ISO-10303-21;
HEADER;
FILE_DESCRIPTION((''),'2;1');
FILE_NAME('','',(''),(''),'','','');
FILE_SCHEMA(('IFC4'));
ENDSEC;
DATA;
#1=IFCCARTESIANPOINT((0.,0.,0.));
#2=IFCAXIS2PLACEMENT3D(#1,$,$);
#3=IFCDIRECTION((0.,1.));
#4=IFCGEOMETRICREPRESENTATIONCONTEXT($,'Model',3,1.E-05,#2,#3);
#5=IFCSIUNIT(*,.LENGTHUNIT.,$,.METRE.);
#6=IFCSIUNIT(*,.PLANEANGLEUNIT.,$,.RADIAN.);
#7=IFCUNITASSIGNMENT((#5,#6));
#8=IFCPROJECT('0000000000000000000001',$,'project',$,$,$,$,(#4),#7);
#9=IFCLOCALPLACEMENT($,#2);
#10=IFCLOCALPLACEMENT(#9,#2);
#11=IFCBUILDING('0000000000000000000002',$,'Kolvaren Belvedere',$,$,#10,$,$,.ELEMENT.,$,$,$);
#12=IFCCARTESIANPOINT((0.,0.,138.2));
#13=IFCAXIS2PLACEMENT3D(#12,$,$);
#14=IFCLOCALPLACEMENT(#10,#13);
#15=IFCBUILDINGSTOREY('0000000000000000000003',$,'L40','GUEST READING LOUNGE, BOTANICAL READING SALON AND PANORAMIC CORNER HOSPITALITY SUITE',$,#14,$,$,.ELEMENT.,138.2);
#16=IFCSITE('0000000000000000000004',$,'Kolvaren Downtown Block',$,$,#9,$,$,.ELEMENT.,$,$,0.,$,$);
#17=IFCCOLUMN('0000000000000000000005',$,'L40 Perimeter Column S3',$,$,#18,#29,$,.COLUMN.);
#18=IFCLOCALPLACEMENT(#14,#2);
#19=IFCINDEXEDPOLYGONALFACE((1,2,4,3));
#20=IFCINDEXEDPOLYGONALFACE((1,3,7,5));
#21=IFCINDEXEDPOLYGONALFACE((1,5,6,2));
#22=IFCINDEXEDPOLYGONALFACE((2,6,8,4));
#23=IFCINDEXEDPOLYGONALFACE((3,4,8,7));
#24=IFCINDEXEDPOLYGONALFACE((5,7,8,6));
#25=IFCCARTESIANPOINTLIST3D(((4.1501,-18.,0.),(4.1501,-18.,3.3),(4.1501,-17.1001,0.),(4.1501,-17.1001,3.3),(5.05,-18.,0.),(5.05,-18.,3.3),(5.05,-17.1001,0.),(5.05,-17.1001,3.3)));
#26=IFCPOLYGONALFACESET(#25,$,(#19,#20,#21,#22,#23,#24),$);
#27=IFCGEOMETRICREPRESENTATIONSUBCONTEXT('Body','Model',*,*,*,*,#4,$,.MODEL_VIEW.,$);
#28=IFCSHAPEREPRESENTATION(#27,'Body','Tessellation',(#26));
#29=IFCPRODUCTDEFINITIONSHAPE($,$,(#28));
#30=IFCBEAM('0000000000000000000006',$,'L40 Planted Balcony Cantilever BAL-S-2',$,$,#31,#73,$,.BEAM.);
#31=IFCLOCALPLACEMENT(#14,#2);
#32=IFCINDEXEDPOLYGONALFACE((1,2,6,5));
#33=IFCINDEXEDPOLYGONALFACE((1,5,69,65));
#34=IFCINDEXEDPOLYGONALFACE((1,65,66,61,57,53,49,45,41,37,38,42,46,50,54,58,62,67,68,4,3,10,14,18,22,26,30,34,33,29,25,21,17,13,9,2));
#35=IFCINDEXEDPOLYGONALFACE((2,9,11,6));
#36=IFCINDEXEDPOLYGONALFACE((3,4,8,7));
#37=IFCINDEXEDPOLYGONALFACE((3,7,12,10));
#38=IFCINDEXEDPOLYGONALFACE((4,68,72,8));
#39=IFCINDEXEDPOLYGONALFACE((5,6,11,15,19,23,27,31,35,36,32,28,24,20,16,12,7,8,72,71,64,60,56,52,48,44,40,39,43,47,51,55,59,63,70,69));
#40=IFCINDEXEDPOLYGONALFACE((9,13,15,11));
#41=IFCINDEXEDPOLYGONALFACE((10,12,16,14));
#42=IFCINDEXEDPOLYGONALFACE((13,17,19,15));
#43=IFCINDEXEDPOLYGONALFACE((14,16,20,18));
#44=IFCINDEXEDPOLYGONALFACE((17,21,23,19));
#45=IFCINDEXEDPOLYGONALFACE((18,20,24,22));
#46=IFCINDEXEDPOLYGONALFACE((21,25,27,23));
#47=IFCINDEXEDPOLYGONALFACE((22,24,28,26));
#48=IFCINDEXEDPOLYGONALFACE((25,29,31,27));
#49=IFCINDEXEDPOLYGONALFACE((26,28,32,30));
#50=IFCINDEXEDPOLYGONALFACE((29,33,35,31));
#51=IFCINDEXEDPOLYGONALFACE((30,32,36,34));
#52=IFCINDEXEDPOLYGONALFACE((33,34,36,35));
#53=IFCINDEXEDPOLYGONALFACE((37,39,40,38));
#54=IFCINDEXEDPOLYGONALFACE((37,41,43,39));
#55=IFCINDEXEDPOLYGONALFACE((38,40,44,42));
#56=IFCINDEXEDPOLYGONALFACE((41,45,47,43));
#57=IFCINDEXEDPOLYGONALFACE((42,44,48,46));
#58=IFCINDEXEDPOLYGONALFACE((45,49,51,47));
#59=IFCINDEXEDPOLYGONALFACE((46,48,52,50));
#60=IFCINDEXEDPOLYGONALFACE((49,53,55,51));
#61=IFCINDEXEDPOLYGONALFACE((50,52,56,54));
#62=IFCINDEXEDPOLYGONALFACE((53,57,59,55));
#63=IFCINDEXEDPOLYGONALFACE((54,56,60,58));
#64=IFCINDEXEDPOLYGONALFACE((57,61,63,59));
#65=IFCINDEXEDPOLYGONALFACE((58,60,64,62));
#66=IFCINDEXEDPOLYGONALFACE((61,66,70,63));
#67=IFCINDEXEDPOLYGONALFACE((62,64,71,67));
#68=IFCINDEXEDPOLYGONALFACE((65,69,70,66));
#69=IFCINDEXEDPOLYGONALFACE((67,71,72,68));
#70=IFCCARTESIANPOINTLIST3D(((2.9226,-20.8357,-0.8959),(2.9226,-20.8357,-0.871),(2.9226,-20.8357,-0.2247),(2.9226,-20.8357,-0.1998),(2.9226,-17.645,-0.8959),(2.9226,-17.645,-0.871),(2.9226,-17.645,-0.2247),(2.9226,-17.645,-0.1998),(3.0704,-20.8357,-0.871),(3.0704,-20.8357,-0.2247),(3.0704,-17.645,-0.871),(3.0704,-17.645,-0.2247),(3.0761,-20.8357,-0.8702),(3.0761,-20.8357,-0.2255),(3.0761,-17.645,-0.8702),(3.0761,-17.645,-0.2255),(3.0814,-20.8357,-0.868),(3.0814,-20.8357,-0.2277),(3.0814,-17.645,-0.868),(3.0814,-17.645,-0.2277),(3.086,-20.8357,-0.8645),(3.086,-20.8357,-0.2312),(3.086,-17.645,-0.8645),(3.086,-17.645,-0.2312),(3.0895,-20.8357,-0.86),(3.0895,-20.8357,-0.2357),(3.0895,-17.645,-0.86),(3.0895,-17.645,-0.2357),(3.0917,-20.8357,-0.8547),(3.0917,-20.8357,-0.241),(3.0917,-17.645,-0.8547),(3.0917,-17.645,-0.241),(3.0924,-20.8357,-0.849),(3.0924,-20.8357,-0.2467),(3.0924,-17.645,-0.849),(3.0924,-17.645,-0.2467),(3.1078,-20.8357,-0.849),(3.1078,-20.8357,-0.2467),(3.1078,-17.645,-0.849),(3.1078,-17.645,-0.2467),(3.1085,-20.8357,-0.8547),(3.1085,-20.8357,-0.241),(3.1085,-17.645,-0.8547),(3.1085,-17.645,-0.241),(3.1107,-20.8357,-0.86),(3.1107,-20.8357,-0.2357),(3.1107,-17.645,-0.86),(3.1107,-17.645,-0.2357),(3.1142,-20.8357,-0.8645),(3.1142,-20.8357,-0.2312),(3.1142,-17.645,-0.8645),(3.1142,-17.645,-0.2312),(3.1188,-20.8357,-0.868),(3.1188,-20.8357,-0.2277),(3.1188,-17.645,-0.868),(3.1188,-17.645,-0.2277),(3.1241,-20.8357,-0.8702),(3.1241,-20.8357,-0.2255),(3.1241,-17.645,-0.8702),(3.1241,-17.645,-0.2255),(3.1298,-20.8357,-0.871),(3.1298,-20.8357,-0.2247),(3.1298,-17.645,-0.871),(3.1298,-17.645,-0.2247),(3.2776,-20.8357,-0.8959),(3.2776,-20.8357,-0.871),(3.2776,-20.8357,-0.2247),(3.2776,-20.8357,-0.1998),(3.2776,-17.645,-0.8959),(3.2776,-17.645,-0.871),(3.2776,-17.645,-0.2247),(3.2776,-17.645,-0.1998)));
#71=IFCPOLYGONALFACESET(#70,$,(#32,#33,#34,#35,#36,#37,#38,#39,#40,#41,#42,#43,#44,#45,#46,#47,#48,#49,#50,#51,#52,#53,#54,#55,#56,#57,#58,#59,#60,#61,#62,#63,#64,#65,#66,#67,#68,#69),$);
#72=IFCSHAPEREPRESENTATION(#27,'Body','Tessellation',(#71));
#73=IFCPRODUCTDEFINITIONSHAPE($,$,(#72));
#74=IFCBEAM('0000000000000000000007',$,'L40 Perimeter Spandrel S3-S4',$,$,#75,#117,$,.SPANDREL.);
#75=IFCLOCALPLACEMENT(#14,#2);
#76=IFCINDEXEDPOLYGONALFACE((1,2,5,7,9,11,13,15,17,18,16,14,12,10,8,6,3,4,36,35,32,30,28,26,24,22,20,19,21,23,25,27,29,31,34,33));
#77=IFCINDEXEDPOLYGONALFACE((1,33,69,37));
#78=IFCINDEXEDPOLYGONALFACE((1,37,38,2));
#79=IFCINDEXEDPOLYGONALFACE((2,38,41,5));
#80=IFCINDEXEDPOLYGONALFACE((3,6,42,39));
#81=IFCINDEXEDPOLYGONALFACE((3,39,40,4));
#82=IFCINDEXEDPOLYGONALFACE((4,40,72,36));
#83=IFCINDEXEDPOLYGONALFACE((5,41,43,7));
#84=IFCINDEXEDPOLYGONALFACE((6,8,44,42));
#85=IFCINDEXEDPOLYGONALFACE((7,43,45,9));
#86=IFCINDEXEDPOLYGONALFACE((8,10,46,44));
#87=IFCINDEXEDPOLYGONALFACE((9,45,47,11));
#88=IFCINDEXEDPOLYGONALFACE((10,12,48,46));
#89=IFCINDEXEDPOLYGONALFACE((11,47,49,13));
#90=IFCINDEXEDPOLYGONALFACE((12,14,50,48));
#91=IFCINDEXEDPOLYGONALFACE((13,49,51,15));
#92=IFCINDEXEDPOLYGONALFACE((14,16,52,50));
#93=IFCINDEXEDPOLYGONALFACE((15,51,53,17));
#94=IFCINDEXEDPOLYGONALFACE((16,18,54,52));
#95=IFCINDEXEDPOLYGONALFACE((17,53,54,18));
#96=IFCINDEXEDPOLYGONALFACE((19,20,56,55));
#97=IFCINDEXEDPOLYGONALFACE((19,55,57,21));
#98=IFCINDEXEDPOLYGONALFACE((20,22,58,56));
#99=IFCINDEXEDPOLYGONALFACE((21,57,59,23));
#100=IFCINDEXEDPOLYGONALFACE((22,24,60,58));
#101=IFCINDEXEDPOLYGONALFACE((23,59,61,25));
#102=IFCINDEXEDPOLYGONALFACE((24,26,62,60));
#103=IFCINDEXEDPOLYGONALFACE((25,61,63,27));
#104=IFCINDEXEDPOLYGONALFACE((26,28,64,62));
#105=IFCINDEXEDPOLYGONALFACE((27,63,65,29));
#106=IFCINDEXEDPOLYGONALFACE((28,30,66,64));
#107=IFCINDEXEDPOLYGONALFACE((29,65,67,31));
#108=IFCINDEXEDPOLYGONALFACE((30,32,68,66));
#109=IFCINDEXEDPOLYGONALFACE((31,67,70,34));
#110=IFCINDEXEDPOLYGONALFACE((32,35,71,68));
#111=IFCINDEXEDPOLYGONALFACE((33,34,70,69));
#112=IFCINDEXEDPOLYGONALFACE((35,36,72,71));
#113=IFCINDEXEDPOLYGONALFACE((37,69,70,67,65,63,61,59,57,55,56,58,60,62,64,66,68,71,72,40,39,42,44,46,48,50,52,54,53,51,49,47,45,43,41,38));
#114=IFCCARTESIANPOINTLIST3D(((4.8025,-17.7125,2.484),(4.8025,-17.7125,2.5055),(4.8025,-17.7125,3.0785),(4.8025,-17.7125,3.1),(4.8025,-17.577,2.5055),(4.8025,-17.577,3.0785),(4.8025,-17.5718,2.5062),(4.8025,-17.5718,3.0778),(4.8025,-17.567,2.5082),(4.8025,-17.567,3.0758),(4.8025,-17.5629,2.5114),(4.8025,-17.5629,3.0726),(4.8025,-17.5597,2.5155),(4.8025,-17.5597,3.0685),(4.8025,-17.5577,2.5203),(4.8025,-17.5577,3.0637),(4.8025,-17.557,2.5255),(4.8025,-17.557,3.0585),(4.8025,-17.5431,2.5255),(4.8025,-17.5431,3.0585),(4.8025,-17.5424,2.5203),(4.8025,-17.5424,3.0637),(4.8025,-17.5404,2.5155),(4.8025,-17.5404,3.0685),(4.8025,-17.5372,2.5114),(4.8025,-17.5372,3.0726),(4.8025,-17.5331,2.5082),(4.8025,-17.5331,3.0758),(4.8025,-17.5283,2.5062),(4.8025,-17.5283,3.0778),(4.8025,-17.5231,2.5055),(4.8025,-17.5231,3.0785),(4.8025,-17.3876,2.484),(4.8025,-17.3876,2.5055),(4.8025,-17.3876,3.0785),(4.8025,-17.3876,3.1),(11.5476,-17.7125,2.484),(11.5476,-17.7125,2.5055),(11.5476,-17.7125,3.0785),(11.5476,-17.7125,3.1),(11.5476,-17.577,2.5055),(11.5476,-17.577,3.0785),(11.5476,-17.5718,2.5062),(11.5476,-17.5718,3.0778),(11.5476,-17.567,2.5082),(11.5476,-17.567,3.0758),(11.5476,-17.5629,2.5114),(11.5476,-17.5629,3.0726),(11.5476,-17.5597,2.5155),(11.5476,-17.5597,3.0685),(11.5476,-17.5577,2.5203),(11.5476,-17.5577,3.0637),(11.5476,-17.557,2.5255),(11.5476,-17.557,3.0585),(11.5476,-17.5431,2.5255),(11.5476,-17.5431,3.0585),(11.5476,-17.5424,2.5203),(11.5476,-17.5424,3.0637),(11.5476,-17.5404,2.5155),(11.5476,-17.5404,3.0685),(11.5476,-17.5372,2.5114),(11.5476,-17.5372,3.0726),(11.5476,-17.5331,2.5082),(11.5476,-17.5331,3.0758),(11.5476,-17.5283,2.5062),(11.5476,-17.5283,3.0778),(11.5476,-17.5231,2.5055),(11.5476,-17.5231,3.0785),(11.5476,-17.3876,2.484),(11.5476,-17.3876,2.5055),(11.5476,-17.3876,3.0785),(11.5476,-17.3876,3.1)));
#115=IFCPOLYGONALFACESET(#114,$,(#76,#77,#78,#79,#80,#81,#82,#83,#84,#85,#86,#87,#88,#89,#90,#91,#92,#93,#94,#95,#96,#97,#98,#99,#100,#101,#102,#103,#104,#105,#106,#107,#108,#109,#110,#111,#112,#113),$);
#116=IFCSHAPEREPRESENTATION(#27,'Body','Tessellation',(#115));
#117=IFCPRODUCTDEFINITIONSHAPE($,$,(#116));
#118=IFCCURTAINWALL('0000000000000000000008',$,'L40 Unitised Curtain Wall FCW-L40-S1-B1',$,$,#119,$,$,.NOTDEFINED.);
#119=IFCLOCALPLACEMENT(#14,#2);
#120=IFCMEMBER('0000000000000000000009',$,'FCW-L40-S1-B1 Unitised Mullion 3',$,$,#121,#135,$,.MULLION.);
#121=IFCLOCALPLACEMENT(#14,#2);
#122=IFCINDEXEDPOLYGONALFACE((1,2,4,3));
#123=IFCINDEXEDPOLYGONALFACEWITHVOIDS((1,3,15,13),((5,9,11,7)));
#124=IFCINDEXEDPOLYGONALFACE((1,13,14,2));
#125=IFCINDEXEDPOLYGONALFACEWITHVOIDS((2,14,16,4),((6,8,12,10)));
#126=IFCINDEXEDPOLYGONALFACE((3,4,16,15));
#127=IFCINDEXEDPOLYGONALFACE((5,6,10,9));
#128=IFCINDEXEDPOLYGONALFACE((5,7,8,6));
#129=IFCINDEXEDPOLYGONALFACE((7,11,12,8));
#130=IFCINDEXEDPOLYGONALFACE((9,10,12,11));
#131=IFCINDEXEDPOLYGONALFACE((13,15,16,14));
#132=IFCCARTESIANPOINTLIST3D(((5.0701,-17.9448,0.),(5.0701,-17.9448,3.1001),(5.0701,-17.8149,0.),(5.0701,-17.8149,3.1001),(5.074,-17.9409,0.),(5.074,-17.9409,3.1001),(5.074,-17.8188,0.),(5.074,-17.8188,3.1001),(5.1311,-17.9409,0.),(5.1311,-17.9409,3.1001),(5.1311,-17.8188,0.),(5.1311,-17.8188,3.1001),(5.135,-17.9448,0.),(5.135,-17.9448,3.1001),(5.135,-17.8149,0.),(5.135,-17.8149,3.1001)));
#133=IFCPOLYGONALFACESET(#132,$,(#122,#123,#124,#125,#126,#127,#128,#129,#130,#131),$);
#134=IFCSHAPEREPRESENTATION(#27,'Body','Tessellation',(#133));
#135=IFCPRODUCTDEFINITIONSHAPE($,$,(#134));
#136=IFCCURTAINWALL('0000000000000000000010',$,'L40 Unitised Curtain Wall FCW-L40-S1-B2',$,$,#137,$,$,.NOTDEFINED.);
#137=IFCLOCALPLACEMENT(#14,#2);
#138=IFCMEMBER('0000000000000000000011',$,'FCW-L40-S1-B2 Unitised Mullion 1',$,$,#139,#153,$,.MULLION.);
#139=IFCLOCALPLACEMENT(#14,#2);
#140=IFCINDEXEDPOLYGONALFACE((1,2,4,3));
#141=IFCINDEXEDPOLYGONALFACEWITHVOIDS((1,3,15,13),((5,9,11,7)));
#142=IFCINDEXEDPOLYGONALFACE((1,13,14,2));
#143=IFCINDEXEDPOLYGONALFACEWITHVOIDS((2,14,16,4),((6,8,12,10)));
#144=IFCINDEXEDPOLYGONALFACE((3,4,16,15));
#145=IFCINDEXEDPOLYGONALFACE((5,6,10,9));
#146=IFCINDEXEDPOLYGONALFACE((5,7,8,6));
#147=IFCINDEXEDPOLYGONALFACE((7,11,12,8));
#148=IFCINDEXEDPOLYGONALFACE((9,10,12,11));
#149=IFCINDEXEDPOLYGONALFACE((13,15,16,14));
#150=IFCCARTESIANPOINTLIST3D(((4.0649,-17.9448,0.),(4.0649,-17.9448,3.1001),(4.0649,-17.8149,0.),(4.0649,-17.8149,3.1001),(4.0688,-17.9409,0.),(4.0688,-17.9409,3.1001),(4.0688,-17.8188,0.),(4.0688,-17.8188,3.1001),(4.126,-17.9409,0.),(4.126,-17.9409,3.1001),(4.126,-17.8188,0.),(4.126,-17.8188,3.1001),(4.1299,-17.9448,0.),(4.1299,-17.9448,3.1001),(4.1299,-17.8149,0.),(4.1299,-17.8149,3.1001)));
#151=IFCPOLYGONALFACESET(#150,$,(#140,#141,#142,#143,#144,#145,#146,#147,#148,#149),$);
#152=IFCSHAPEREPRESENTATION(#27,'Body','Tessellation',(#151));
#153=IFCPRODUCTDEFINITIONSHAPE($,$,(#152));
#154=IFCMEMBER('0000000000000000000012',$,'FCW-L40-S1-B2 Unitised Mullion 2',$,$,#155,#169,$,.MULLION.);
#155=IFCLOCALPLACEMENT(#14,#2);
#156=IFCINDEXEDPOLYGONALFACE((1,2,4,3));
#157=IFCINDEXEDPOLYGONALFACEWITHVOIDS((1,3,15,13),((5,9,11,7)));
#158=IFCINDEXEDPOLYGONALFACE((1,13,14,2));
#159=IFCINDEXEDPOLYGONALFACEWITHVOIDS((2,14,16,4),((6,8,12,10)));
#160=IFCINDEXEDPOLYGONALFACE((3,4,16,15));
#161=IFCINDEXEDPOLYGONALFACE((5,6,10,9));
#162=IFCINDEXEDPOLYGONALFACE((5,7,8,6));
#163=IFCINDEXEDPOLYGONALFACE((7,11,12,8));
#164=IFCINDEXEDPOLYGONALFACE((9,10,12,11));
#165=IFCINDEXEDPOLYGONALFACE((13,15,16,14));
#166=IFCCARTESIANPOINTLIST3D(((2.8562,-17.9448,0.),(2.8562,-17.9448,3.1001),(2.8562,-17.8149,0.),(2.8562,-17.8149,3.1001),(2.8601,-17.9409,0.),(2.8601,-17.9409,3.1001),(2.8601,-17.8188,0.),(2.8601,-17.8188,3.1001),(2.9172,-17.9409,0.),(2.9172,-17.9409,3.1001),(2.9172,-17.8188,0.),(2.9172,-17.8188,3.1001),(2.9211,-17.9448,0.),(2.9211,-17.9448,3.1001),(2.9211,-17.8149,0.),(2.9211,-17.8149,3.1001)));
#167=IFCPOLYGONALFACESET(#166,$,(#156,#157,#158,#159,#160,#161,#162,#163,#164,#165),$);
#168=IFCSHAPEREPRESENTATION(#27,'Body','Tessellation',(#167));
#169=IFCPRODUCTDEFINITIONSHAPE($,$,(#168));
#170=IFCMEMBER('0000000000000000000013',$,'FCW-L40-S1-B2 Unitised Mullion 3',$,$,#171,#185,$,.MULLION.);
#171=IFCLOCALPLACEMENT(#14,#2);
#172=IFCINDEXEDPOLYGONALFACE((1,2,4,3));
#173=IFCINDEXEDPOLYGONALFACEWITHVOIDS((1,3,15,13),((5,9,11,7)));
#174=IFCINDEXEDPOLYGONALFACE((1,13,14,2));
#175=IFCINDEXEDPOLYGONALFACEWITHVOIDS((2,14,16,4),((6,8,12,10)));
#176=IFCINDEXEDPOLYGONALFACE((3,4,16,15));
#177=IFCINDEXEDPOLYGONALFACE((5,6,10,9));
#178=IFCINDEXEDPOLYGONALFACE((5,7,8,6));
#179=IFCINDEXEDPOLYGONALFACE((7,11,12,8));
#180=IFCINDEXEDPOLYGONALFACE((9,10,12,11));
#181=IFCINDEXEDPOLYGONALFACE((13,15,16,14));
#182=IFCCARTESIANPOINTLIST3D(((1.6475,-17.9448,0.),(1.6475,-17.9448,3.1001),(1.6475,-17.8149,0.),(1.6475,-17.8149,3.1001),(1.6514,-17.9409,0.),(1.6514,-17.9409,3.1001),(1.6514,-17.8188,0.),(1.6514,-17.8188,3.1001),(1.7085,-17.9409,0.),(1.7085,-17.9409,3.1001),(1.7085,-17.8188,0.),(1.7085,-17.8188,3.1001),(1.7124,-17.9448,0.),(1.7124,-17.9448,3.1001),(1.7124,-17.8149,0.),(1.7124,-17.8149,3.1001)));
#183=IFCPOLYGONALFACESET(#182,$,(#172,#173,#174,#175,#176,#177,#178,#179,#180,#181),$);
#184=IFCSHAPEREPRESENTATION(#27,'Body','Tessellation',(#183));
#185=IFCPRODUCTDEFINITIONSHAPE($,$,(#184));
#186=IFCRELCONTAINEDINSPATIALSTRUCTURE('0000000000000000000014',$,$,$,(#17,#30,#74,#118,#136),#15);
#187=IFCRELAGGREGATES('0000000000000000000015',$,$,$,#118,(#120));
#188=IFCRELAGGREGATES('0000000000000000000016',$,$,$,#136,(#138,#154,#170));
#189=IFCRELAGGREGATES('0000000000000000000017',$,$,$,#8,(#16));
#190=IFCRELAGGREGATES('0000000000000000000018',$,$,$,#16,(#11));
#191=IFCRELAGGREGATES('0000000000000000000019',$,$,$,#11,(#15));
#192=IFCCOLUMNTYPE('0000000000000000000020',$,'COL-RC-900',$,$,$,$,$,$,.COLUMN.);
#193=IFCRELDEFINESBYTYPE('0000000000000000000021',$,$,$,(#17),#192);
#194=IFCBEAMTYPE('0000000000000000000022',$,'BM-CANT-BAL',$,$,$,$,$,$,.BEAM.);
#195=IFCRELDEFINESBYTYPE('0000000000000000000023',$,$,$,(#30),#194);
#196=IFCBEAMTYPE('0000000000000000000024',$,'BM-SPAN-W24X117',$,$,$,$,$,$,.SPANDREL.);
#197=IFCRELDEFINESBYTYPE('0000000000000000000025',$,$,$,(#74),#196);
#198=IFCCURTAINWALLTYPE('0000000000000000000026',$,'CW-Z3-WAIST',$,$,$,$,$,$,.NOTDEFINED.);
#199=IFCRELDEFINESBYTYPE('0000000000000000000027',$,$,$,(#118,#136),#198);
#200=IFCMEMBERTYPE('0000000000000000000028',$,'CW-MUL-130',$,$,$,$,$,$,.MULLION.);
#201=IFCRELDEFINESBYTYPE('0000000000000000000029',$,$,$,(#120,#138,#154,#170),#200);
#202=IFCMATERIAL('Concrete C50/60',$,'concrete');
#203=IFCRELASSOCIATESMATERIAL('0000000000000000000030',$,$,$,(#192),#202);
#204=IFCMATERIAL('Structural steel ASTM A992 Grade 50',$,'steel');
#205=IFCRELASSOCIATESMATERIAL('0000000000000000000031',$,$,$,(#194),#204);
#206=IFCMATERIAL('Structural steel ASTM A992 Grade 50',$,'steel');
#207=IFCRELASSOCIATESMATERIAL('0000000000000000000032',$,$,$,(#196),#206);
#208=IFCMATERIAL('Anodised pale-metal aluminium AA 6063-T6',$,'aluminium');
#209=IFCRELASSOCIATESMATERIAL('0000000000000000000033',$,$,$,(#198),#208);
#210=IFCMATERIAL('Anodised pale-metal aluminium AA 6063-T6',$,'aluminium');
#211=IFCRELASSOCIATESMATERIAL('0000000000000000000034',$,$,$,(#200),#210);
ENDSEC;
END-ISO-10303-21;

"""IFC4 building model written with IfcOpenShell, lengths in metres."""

from ifc_helpers import new_model, si_unit, direction, frame, origin, origin_2d, place, context, subcontext, project, spatial, rectangle, hollow_rectangle, i_section, extrude, material, material_profile, profile_set, type_object, element, aggregate, save


model = new_model("IFC4")

# Units and contexts
model_context = context("Model", 3, precision=1e-05, world=origin(), true_north=direction((0.0, 1.0)))
body_context = subcontext(model_context, "Body", "Model", "MODEL_VIEW")
ifc_project = project(units=[si_unit("LENGTHUNIT", "METRE"), si_unit("PLANEANGLEUNIT", "RADIAN")], contexts=[model_context])

# Site, building, storey
site_placement = place(None, origin())
site = spatial("IfcSite", under=ifc_project, at=site_placement, Name="Kolvaren Downtown Block", CompositionType="ELEMENT", RefElevation=0.0)
building_placement = place(site_placement, origin())
building = spatial("IfcBuilding", under=site, at=building_placement, Name="Kolvaren Belvedere", CompositionType="ELEMENT")
storey_placement = place(building_placement, frame((0.0, 0.0, 138.2)))
storey = spatial("IfcBuildingStorey", under=building, at=storey_placement, Name="L40", Description="GUEST READING LOUNGE, BOTANICAL READING SALON AND PANORAMIC CORNER HOSPITALITY SUITE", CompositionType="ELEMENT", Elevation=138.2)

# Column
ifc_material_1 = material(Name="Concrete C50/60", Category="concrete")
ifc_material_profile_1 = material_profile(ifc_material_1, rectangle(XDim=0.8999, YDim=0.8999, at=origin_2d()), Name="RC 900X900")
ifc_profile_set_1 = profile_set([ifc_material_profile_1], Name="Concrete C50/60")
column_type = type_object("IfcColumnType", Name="COL-RC-900", PredefinedType="COLUMN", material=ifc_profile_set_1)
column_placement = place(storey_placement, frame((4.6001, -17.55, 0.0), z_axis=(0.0, 0.0, 1.0), x_axis=(1.0, 0.0, 0.0)))
element("IfcColumn", 1, at=column_placement, inside=storey, type_object=column_type, Name="L40 Perimeter Column S3", PredefinedType="COLUMN", context=body_context, shape_type="SweptSolid", body=[
    extrude(rectangle(XDim=0.8999, YDim=0.8999, at=origin_2d()), origin(), (0.0, 0.0, 1.0), 3.3),
])

# Beams
ifc_material_2 = material(Name="Structural steel ASTM A992 Grade 50", Category="steel")
ifc_material_profile_2 = material_profile(ifc_material_2, i_section(OverallWidth=0.355, OverallDepth=0.696, WebThickness=0.0154, FlangeThickness=0.0249, FilletRadius=0.022, at=origin_2d()), Name="W27X146")
ifc_profile_set_2 = profile_set([ifc_material_profile_2], Name="Structural steel ASTM A992 Grade 50")
beam_type_1 = type_object("IfcBeamType", Name="BM-CANT-BAL", PredefinedType="BEAM", material=ifc_profile_set_2)
beam_1_placement = place(storey_placement, frame((3.1001, -17.645, -0.5479), z_axis=(0.0, -1.0, 0.0), x_axis=(1.0, 0.0, 0.0)))
element("IfcBeam", 2, at=beam_1_placement, inside=storey, type_object=beam_type_1, Name="L40 Planted Balcony Cantilever BAL-S-2", PredefinedType="BEAM", context=body_context, shape_type="SweptSolid", body=[
    extrude(i_section(OverallWidth=0.355, OverallDepth=0.696, WebThickness=0.0154, FlangeThickness=0.0249, FilletRadius=0.022, at=origin_2d()), origin(), (0.0, 0.0, 1.0), 3.1907),
])
ifc_material_3 = material(Name="Structural steel ASTM A992 Grade 50", Category="steel")
ifc_material_profile_3 = material_profile(ifc_material_3, i_section(OverallWidth=0.325, OverallDepth=0.616, WebThickness=0.0139, FlangeThickness=0.0215, FilletRadius=0.02, at=origin_2d()), Name="W24X117")
ifc_profile_set_3 = profile_set([ifc_material_profile_3], Name="Structural steel ASTM A992 Grade 50")
beam_type_2 = type_object("IfcBeamType", Name="BM-SPAN-W24X117", PredefinedType="SPANDREL", material=ifc_profile_set_3)
beam_2_placement = place(storey_placement, frame((4.8025, -17.55, 2.792), z_axis=(1.0, 0.0, 0.0), x_axis=(0.0, 1.0, 0.0)))
element("IfcBeam", 3, at=beam_2_placement, inside=storey, type_object=beam_type_2, Name="L40 Perimeter Spandrel S3-S4", PredefinedType="SPANDREL", context=body_context, shape_type="SweptSolid", body=[
    extrude(i_section(OverallWidth=0.325, OverallDepth=0.616, WebThickness=0.0139, FlangeThickness=0.0215, FilletRadius=0.02, at=origin_2d()), origin(), (0.0, 0.0, 1.0), 6.7451),
])

# Curtain wall, member
ifc_material_4 = material(Name="Anodised pale-metal aluminium AA 6063-T6", Category="aluminium")
curtain_wall_type = type_object("IfcCurtainWallType", Name="CW-Z3-WAIST", PredefinedType="NOTDEFINED", material=ifc_material_4)
curtain_wall_1_placement = place(storey_placement, origin())
curtain_wall_1 = element("IfcCurtainWall", 4, at=curtain_wall_1_placement, inside=storey, type_object=curtain_wall_type, Name="L40 Unitised Curtain Wall FCW-L40-S1-B1", PredefinedType="NOTDEFINED")
ifc_material_5 = material(Name="Anodised pale-metal aluminium AA 6063-T6", Category="aluminium")
ifc_material_profile_4 = material_profile(ifc_material_5, hollow_rectangle(XDim=0.0649, YDim=0.1299, WallThickness=0.0039, at=origin_2d()), Name="ALU-MUL-130X65")
ifc_profile_set_4 = profile_set([ifc_material_profile_4], Name="Anodised pale-metal aluminium AA 6063-T6")
member_type_1 = type_object("IfcMemberType", Name="CW-MUL-130", PredefinedType="MULLION", material=ifc_profile_set_4)
member_1_placement = place(storey_placement, frame((5.1025, -17.8799, 0.0), z_axis=(0.0, 0.0, 1.0), x_axis=(1.0, 0.0, 0.0)))
member_1 = element("IfcMember", 5, at=member_1_placement, type_object=member_type_1, Name="FCW-L40-S1-B1 Unitised Mullion 3", PredefinedType="MULLION", context=body_context, shape_type="SweptSolid", body=[
    extrude(hollow_rectangle(XDim=0.0649, YDim=0.1299, WallThickness=0.0039, at=origin_2d()), origin(), (0.0, 0.0, 1.0), 3.1001),
])

# Curtain wall, members
curtain_wall_2_placement = place(storey_placement, origin())
curtain_wall_2 = element("IfcCurtainWall", 6, at=curtain_wall_2_placement, inside=storey, type_object=curtain_wall_type, Name="L40 Unitised Curtain Wall FCW-L40-S1-B2", PredefinedType="NOTDEFINED")
member_2_placement = place(storey_placement, frame((4.0974, -17.8799, 0.0), z_axis=(0.0, 0.0, 1.0), x_axis=(1.0, 0.0, 0.0)))
member_2 = element("IfcMember", 7, at=member_2_placement, type_object=member_type_1, Name="FCW-L40-S1-B2 Unitised Mullion 1", PredefinedType="MULLION", context=body_context, shape_type="SweptSolid", body=[
    extrude(hollow_rectangle(XDim=0.0649, YDim=0.1299, WallThickness=0.0039, at=origin_2d()), origin(), (0.0, 0.0, 1.0), 3.1001),
])
member_3_placement = place(storey_placement, frame((2.8887, -17.8799, 0.0), z_axis=(0.0, 0.0, 1.0), x_axis=(1.0, 0.0, 0.0)))
member_3 = element("IfcMember", 8, at=member_3_placement, type_object=member_type_1, Name="FCW-L40-S1-B2 Unitised Mullion 2", PredefinedType="MULLION", context=body_context, shape_type="SweptSolid", body=[
    extrude(hollow_rectangle(XDim=0.0649, YDim=0.1299, WallThickness=0.0039, at=origin_2d()), origin(), (0.0, 0.0, 1.0), 3.1001),
])
member_4_placement = place(storey_placement, frame((1.6799, -17.8799, 0.0), z_axis=(0.0, 0.0, 1.0), x_axis=(1.0, 0.0, 0.0)))
member_4 = element("IfcMember", 9, at=member_4_placement, type_object=member_type_1, Name="FCW-L40-S1-B2 Unitised Mullion 3", PredefinedType="MULLION", context=body_context, shape_type="SweptSolid", body=[
    extrude(hollow_rectangle(XDim=0.0649, YDim=0.1299, WallThickness=0.0039, at=origin_2d()), origin(), (0.0, 0.0, 1.0), 3.1001),
])

aggregate(curtain_wall_1, [member_1])
aggregate(curtain_wall_2, [member_2, member_3, member_4])

save(model, "model.ifc")
